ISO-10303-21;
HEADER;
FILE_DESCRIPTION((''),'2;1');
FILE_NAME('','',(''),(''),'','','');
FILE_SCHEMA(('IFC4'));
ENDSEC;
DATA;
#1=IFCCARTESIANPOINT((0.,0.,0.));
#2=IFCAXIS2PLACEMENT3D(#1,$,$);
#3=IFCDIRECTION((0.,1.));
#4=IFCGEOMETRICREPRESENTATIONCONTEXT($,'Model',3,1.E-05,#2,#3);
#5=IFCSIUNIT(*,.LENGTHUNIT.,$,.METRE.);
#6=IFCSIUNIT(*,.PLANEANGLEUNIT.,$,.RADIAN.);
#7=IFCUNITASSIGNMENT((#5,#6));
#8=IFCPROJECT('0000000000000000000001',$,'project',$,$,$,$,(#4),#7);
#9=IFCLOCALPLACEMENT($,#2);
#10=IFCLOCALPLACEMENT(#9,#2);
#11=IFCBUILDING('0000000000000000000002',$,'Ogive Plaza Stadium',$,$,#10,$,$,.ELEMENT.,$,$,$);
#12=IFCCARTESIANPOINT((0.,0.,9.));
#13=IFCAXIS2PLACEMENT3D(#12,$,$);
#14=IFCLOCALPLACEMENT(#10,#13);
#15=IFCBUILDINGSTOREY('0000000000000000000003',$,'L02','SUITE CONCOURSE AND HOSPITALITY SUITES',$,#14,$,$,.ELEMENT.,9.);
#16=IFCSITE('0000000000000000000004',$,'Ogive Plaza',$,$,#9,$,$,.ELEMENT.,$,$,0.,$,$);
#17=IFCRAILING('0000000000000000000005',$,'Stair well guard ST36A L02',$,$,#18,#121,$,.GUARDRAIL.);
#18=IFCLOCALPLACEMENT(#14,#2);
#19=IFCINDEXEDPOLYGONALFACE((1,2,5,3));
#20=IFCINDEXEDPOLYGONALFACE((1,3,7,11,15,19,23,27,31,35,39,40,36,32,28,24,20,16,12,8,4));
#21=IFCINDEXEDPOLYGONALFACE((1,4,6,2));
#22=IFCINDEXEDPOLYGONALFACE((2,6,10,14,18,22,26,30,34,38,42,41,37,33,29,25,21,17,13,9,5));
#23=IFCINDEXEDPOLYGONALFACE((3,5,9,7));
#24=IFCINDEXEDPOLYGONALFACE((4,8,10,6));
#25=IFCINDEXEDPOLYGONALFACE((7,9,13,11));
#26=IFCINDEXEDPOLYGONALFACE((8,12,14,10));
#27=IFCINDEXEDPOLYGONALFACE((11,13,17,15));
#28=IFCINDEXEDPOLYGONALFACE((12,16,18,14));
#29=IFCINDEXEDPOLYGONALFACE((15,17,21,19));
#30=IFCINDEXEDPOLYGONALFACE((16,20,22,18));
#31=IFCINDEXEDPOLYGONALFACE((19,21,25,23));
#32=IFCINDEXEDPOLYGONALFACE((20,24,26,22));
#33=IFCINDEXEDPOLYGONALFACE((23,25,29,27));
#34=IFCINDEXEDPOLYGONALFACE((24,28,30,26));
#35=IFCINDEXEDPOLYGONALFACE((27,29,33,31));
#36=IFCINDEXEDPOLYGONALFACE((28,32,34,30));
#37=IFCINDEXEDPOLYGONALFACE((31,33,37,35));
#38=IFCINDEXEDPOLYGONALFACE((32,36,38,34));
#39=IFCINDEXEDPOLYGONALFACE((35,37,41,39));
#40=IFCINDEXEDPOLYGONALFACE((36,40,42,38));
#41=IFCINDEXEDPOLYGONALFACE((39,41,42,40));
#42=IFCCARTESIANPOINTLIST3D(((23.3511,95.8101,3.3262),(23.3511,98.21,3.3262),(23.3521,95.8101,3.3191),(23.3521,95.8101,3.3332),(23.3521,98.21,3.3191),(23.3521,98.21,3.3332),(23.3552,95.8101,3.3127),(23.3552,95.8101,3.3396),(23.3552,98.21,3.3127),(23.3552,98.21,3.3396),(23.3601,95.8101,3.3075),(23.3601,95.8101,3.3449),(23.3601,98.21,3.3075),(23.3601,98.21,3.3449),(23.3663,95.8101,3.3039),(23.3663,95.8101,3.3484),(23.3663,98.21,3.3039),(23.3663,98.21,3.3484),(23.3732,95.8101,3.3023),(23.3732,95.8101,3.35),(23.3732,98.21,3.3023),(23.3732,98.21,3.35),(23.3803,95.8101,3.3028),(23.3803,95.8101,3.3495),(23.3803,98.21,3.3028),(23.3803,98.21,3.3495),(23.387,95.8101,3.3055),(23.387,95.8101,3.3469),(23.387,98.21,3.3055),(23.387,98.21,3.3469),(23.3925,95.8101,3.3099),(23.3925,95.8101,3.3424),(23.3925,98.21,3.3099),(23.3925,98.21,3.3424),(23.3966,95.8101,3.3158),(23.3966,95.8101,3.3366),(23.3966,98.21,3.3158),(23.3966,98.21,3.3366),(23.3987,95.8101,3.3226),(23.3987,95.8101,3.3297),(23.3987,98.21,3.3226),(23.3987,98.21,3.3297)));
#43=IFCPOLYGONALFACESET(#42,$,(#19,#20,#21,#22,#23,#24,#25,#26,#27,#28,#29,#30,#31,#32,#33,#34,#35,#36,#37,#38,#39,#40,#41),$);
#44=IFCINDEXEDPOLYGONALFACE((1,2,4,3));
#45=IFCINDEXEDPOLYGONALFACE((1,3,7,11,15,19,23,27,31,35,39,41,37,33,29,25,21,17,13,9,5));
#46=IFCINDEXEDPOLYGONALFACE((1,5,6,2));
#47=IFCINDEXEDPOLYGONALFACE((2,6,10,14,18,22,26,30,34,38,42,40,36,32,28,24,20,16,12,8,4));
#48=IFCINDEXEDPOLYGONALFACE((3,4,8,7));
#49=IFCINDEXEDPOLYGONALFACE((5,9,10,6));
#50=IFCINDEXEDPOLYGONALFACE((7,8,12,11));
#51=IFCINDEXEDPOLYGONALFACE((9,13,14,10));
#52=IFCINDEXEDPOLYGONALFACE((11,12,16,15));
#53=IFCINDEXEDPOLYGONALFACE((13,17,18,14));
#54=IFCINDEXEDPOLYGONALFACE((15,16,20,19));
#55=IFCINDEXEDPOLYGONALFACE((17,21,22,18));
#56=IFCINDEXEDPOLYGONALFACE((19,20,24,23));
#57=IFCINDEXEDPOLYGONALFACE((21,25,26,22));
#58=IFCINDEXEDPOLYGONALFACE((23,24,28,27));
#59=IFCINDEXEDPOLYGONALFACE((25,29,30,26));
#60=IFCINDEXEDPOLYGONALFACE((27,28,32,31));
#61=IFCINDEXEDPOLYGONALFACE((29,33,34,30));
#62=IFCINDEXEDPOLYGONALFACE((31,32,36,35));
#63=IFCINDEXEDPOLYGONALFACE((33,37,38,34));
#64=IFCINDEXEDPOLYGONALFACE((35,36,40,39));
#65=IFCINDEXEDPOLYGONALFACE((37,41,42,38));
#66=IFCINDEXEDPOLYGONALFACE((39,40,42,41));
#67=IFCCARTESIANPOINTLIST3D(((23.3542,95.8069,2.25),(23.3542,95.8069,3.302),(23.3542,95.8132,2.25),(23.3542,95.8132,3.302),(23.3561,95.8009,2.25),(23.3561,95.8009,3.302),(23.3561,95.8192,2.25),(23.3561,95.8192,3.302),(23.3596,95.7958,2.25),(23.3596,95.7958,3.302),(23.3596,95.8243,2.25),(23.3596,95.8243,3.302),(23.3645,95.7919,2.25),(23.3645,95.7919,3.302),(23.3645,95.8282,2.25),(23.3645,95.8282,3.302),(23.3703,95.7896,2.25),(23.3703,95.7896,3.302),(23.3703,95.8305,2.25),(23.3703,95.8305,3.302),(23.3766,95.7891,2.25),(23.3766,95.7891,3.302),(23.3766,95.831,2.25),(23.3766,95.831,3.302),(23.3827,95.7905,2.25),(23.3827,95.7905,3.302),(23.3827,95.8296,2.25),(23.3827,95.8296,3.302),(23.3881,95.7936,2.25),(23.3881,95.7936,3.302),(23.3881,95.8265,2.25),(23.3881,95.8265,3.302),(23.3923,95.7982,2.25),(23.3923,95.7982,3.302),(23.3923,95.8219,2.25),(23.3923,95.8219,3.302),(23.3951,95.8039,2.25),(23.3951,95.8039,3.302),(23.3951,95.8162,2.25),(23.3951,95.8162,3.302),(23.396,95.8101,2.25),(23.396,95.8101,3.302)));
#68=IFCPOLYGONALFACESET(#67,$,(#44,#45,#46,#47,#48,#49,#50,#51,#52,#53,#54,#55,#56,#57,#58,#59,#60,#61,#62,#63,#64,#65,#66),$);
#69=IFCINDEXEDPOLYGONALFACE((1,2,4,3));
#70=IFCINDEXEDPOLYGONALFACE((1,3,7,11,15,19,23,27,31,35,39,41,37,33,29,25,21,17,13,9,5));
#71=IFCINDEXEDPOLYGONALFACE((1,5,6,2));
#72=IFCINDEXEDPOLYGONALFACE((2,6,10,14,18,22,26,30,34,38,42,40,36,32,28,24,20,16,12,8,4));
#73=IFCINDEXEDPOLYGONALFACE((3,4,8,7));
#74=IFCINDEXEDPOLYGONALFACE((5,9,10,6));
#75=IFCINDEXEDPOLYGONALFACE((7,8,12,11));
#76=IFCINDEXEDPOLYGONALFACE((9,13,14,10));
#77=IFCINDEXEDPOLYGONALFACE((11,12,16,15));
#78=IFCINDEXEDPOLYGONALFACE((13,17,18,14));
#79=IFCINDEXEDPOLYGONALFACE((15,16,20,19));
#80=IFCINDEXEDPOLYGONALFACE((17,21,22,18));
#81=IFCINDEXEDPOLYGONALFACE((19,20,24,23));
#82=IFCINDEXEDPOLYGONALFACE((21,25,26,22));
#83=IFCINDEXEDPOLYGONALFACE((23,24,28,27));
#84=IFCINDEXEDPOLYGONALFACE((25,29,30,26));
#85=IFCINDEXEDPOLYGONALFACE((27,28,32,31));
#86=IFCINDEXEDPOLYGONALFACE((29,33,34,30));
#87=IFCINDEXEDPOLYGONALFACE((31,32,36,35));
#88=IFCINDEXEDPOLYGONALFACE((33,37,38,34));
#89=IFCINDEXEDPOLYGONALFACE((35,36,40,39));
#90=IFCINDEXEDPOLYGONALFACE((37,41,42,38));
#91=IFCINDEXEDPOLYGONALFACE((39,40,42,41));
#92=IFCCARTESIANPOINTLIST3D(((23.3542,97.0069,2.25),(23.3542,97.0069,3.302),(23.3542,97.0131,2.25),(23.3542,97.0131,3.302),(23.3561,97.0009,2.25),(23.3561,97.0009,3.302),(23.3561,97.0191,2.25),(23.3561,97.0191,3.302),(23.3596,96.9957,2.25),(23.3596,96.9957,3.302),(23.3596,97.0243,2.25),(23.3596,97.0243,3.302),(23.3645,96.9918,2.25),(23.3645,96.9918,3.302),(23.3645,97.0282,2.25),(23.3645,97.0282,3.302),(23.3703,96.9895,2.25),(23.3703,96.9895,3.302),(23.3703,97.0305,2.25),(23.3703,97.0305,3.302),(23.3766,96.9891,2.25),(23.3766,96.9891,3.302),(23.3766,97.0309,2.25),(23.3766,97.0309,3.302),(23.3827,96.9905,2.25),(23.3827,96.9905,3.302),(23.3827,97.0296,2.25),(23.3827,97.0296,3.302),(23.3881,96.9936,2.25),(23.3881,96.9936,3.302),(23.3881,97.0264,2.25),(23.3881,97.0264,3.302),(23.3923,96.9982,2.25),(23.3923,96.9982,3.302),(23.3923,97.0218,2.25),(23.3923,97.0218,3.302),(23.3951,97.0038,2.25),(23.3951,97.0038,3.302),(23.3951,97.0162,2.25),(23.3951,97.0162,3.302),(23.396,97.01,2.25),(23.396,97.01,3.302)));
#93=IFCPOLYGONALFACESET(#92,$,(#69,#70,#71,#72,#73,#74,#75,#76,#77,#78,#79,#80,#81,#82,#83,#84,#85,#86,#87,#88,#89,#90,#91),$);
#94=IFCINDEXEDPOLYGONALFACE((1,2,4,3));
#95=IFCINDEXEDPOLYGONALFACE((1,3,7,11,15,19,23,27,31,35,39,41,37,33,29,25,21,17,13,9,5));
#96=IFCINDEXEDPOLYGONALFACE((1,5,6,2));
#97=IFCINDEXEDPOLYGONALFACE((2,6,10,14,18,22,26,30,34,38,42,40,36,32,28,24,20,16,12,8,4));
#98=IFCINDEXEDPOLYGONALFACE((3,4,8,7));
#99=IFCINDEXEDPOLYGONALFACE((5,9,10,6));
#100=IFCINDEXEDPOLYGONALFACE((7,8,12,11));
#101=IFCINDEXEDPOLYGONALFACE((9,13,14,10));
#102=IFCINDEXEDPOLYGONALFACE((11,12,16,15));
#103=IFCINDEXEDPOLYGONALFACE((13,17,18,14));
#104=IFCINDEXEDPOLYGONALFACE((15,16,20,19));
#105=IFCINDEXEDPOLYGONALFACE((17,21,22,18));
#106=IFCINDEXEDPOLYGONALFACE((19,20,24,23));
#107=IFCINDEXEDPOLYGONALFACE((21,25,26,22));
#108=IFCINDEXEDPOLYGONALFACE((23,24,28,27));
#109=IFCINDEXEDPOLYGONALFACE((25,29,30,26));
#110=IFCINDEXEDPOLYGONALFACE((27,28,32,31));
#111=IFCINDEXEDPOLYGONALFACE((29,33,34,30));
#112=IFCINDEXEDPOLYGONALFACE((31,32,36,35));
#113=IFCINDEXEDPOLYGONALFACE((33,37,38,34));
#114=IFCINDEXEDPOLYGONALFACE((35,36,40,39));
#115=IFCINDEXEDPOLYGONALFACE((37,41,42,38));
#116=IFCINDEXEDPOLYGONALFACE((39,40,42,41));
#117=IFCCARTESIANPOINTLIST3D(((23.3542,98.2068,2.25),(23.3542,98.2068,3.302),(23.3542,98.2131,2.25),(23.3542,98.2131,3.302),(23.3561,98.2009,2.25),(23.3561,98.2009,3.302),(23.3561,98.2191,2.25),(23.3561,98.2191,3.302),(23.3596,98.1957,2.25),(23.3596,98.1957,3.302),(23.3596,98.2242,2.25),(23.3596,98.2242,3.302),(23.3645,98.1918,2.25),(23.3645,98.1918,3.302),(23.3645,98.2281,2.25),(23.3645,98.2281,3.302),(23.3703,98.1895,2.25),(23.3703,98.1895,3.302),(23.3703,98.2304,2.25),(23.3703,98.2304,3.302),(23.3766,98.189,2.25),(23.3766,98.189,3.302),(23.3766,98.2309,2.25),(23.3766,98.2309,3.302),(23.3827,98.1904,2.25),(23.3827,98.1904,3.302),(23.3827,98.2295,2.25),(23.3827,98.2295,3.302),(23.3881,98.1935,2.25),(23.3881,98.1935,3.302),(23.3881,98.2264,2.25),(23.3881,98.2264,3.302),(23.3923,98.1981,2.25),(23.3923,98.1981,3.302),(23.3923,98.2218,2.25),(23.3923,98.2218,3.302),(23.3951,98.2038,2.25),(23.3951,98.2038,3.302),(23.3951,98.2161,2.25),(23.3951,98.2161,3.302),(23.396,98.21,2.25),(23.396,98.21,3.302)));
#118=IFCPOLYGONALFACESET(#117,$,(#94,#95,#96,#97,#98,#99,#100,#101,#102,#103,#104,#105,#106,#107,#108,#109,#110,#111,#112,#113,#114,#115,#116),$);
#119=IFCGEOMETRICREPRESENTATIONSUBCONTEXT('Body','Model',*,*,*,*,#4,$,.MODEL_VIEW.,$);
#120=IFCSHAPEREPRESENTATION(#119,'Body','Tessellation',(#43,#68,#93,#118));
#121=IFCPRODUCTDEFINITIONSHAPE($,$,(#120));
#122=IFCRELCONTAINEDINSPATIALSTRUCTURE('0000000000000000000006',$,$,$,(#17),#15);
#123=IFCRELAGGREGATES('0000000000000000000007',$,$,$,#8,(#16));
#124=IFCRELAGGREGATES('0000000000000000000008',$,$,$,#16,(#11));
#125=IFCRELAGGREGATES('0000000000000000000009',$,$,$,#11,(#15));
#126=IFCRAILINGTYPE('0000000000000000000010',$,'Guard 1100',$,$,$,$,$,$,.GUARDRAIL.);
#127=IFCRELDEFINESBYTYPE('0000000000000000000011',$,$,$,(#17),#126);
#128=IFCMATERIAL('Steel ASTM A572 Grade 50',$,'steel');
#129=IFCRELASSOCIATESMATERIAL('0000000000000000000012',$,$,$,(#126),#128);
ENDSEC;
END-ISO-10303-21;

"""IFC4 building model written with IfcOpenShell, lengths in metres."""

from ifc_helpers import new_model, si_unit, direction, frame, origin, origin_2d, place, context, subcontext, project, spatial, circle, extrude, material, type_object, element, save


model = new_model("IFC4")

# Units and contexts
model_context = context("Model", 3, precision=1e-05, world=origin(), true_north=direction((0.0, 1.0)))
body_context = subcontext(model_context, "Body", "Model", "MODEL_VIEW")
ifc_project = project(units=[si_unit("LENGTHUNIT", "METRE"), si_unit("PLANEANGLEUNIT", "RADIAN")], contexts=[model_context])

# Site, building, storey
site_placement = place(None, origin())
site = spatial("IfcSite", under=ifc_project, at=site_placement, Name="Ogive Plaza", CompositionType="ELEMENT", RefElevation=0.0)
building_placement = place(site_placement, origin())
building = spatial("IfcBuilding", under=site, at=building_placement, Name="Ogive Plaza Stadium", CompositionType="ELEMENT")
storey_placement = place(building_placement, frame((0.0, 0.0, 9.0)))
storey = spatial("IfcBuildingStorey", under=building, at=storey_placement, Name="L02", Description="SUITE CONCOURSE AND HOSPITALITY SUITES", CompositionType="ELEMENT", Elevation=9.0)

# Railing
ifc_material_1 = material(Name="Steel ASTM A572 Grade 50", Category="steel")
railing_type_1 = type_object("IfcRailingType", Name="Guard 1100", PredefinedType="GUARDRAIL", material=ifc_material_1)
railing_1_placement = place(storey_placement, frame((23.375, 95.8101, 2.25)))
element("IfcRailing", 1, at=railing_1_placement, inside=storey, type_object=railing_type_1, Name="Stair well guard ST36A L02", PredefinedType="GUARDRAIL", context=body_context, shape_type="SweptSolid", body=[
    extrude(circle(Radius=0.0239, at=origin_2d()), frame((0.0, 0.0, 1.0762), z_axis=(0.0, 1.0, 0.0), x_axis=(-1.0, 0.0, 0.0)), (0.0, 0.0, 1.0), 2.3999),
    extrude(circle(Radius=0.021, at=origin_2d()), origin(), (0.0, 0.0, 1.0), 1.052),
    extrude(circle(Radius=0.021, at=origin_2d()), frame((0.0, 1.2, 0.0)), (0.0, 0.0, 1.0), 1.052),
    extrude(circle(Radius=0.021, at=origin_2d()), frame((0.0, 2.3999, 0.0)), (0.0, 0.0, 1.0), 1.052),
])

save(model, "model.ifc")
